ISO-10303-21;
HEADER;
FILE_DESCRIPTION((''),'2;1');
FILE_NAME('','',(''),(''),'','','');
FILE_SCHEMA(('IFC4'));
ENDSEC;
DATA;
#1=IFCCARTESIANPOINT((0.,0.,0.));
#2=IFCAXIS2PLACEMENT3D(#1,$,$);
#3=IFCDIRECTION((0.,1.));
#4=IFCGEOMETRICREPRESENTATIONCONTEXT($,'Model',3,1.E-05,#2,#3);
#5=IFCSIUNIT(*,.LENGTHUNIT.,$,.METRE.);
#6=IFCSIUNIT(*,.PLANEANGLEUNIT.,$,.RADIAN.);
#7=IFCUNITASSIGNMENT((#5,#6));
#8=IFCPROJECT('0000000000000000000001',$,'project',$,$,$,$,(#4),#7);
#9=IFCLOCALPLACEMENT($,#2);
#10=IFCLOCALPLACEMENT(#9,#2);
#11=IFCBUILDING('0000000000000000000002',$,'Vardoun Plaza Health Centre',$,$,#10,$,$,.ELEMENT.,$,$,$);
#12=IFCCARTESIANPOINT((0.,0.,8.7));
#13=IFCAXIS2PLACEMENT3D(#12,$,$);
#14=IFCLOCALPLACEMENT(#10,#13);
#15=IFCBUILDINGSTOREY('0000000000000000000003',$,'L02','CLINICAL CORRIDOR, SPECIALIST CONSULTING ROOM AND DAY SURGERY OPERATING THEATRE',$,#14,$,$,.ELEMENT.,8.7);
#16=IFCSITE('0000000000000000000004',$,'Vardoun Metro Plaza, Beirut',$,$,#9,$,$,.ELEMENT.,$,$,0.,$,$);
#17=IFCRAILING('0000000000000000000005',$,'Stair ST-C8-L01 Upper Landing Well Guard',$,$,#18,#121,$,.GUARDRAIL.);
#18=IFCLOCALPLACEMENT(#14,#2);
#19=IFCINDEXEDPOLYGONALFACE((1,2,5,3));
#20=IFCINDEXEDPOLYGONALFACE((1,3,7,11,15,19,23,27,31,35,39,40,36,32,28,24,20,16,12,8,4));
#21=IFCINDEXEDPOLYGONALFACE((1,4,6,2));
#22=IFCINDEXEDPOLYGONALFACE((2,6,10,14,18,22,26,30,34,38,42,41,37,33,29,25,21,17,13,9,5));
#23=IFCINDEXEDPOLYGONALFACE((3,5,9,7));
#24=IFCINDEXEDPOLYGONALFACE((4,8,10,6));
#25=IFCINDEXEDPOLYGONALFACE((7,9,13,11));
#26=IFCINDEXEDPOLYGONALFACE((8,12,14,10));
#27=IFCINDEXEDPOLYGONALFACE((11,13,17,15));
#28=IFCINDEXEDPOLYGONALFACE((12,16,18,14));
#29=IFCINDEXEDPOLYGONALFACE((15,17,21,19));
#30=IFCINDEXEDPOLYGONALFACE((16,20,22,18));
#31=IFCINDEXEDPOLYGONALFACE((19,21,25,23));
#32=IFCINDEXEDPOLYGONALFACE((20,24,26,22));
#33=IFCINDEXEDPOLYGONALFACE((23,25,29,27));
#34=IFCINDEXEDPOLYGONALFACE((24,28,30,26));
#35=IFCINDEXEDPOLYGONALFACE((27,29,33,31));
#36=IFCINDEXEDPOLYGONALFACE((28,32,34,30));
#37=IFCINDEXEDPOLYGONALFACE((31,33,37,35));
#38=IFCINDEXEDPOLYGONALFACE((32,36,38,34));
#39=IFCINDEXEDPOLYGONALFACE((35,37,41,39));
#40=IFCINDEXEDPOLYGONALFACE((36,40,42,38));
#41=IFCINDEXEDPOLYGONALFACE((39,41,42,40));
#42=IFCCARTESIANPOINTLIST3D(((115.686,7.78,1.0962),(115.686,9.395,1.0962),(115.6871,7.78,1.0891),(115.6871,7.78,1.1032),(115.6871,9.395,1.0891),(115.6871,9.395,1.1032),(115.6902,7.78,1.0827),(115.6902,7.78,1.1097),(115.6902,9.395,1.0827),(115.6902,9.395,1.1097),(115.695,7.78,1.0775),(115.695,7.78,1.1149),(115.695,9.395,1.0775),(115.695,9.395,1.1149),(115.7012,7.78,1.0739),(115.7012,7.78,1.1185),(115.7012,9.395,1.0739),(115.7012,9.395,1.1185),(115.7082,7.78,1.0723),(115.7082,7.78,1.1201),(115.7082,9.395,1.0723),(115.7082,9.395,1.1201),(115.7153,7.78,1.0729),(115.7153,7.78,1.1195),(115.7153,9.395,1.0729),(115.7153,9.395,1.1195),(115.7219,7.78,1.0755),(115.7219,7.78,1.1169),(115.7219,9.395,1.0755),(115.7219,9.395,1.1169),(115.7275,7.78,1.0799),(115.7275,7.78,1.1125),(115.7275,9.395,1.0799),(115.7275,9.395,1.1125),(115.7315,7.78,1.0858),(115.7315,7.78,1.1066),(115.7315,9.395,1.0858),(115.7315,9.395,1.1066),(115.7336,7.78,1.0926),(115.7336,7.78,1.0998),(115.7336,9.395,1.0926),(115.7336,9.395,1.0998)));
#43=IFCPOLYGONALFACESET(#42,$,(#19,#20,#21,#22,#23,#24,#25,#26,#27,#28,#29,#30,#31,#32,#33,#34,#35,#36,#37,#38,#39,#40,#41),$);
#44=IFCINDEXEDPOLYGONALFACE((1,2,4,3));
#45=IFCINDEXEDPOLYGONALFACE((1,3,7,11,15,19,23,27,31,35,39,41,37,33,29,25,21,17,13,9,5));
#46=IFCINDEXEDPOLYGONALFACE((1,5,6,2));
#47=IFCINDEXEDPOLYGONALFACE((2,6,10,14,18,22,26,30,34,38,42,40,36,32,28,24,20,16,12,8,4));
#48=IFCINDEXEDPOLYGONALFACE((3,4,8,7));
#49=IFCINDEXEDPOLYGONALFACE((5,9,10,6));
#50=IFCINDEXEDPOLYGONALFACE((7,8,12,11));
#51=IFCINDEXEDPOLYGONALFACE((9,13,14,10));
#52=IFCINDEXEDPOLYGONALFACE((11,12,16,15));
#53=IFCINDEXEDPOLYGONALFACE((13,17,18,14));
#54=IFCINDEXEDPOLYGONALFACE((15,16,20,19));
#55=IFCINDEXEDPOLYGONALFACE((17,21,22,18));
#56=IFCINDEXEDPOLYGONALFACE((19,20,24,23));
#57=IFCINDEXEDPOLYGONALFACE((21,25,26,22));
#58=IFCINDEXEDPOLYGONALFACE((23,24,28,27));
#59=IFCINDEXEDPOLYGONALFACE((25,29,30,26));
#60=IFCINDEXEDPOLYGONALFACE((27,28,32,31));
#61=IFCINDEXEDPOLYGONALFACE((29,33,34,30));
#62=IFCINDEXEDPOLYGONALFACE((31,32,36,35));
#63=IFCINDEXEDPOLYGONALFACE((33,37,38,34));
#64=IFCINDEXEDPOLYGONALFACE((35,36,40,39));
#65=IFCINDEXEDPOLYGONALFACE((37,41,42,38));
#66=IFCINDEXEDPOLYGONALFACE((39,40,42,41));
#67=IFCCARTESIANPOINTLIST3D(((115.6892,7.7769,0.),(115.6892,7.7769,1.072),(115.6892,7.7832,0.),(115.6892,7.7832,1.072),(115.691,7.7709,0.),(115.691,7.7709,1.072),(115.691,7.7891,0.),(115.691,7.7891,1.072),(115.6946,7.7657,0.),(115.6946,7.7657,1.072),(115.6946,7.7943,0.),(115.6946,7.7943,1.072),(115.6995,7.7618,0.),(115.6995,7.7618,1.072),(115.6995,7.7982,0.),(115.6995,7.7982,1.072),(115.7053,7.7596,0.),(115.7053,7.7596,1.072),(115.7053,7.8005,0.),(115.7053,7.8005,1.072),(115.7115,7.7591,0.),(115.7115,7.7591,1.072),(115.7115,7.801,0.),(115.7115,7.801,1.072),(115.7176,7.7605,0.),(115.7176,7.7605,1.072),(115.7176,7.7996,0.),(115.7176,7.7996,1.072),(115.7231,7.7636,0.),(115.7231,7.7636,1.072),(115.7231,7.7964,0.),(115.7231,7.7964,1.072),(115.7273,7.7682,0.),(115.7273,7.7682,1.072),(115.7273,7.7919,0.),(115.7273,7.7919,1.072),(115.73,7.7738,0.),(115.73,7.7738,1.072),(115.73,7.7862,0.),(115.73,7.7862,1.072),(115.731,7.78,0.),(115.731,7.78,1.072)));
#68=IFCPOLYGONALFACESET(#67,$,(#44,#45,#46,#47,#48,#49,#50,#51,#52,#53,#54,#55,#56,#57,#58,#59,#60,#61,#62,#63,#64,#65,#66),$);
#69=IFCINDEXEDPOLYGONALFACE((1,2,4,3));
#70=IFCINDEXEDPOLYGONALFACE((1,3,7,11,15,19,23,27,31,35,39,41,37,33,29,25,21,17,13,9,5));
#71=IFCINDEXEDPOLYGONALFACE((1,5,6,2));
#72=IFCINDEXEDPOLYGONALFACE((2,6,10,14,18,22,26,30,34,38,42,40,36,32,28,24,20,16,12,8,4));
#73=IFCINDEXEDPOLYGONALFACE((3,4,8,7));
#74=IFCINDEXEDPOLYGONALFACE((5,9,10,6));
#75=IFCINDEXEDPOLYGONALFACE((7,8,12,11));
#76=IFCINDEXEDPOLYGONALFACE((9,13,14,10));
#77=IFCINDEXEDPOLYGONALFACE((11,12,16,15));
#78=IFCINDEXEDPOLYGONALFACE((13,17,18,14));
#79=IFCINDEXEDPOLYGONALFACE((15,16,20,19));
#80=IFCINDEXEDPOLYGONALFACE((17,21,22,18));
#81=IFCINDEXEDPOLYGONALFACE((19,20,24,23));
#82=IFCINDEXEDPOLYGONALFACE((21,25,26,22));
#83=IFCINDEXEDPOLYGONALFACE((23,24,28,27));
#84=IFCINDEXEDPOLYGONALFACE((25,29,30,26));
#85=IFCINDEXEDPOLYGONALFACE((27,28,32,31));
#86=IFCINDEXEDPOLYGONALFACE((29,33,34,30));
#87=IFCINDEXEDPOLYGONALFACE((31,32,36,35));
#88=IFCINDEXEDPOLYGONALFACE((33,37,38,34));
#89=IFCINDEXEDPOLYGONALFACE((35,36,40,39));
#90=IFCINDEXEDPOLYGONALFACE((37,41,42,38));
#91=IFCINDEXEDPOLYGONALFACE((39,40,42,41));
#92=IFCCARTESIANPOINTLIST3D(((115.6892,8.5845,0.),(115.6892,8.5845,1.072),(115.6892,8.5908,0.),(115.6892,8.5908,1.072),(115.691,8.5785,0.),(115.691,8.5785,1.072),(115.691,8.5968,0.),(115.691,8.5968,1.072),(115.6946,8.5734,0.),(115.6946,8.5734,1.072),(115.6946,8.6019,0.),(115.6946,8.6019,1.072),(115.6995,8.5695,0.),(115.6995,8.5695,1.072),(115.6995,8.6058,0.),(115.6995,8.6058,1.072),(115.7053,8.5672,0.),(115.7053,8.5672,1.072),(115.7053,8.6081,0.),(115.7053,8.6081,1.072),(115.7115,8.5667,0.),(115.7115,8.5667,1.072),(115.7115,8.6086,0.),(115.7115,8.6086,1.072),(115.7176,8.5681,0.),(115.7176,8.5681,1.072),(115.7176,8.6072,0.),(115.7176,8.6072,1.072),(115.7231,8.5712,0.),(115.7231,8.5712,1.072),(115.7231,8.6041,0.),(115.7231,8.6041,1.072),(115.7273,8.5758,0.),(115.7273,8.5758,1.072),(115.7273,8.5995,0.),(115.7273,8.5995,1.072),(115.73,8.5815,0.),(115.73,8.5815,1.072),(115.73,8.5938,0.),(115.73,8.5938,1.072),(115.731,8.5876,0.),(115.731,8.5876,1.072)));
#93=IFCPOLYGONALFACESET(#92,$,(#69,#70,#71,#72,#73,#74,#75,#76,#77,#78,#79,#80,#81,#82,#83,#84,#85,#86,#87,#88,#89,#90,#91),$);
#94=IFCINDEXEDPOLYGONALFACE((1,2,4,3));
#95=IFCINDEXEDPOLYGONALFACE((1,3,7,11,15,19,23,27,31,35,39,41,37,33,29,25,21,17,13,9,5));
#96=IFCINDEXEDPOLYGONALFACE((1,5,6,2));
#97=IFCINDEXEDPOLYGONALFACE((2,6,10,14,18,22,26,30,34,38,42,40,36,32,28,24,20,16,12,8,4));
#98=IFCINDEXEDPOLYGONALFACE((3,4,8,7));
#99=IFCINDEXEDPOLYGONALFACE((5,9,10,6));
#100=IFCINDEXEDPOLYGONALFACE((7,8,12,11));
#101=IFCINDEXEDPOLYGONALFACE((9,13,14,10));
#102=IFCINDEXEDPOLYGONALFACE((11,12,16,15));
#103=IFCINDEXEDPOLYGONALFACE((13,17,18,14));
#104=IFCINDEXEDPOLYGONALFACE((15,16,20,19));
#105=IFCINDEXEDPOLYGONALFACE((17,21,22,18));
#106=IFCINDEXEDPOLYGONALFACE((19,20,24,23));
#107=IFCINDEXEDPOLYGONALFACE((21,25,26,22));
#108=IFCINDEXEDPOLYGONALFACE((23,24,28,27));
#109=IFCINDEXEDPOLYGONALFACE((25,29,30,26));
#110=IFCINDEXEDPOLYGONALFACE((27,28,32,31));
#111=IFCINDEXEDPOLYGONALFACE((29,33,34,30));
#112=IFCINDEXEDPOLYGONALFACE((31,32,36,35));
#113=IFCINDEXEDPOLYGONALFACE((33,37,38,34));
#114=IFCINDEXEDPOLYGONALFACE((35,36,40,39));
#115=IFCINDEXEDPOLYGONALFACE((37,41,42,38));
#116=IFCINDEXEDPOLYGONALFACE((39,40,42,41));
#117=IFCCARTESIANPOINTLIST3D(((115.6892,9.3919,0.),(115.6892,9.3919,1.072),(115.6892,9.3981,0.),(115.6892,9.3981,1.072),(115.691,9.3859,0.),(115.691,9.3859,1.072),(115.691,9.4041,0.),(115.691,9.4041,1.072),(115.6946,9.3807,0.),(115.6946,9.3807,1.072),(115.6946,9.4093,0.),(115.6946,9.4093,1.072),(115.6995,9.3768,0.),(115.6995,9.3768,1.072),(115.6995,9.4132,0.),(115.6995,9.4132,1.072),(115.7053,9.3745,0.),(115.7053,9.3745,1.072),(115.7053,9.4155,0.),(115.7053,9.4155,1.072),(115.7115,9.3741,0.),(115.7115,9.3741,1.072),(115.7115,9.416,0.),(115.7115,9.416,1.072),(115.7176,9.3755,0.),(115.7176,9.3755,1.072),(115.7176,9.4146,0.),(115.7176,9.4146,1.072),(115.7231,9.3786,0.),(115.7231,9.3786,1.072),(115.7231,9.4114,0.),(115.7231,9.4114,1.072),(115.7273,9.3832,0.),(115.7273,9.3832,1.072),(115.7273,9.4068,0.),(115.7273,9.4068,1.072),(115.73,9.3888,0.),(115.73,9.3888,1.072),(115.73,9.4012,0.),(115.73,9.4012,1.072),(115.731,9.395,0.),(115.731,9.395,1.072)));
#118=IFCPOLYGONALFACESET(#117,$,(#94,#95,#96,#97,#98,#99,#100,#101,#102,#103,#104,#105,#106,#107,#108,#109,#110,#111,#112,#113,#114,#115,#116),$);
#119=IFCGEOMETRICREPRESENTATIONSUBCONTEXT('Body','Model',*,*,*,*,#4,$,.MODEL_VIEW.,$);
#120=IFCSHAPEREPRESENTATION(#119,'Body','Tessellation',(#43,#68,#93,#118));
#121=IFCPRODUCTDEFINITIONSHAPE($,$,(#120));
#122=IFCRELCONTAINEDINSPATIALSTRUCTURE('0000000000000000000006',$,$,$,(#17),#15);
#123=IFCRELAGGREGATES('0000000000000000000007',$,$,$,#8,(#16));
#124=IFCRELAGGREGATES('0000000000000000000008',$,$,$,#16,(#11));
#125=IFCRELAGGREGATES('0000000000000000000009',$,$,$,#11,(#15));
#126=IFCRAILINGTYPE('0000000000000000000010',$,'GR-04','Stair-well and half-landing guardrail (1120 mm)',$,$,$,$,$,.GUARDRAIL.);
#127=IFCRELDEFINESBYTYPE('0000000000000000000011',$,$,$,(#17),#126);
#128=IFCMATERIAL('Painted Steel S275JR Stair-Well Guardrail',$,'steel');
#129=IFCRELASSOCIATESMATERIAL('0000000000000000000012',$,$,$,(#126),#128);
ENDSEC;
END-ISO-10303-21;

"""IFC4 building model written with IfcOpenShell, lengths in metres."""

from ifc_helpers import new_model, si_unit, direction, frame, origin, origin_2d, place, context, subcontext, project, spatial, circle, extrude, material, type_object, element, save


model = new_model("IFC4")

# Units and contexts
model_context = context("Model", 3, precision=1e-05, world=origin(), true_north=direction((0.0, 1.0)))
body_context = subcontext(model_context, "Body", "Model", "MODEL_VIEW")
ifc_project = project(units=[si_unit("LENGTHUNIT", "METRE"), si_unit("PLANEANGLEUNIT", "RADIAN")], contexts=[model_context])

# Site, building, storey
site_placement = place(None, origin())
site = spatial("IfcSite", under=ifc_project, at=site_placement, Name="Vardoun Metro Plaza, Beirut", CompositionType="ELEMENT", RefElevation=0.0)
building_placement = place(site_placement, origin())
building = spatial("IfcBuilding", under=site, at=building_placement, Name="Vardoun Plaza Health Centre", CompositionType="ELEMENT")
storey_placement = place(building_placement, frame((0.0, 0.0, 8.7)))
storey = spatial("IfcBuildingStorey", under=building, at=storey_placement, Name="L02", Description="CLINICAL CORRIDOR, SPECIALIST CONSULTING ROOM AND DAY SURGERY OPERATING THEATRE", CompositionType="ELEMENT", Elevation=8.7)

# Railing
ifc_material_1 = material(Name="Painted Steel S275JR Stair-Well Guardrail", Category="steel")
railing_type = type_object("IfcRailingType", Name="GR-04", Description="Stair-well and half-landing guardrail (1120 mm)", PredefinedType="GUARDRAIL", material=ifc_material_1)
railing_placement = place(storey_placement, frame((115.71, 7.78, 0.0)))
element("IfcRailing", 1, at=railing_placement, inside=storey, type_object=railing_type, Name="Stair ST-C8-L01 Upper Landing Well Guard", PredefinedType="GUARDRAIL", context=body_context, shape_type="SweptSolid", body=[
    extrude(circle(Radius=0.0239, at=origin_2d()), frame((0.0, 0.0, 1.0962), z_axis=(0.0, 1.0, 0.0), x_axis=(-1.0, 0.0, 0.0)), (0.0, 0.0, 1.0), 1.615),
    extrude(circle(Radius=0.021, at=origin_2d()), origin(), (0.0, 0.0, 1.0), 1.072),
    extrude(circle(Radius=0.021, at=origin_2d()), frame((0.0, 0.8076, 0.0)), (0.0, 0.0, 1.0), 1.072),
    extrude(circle(Radius=0.021, at=origin_2d()), frame((0.0, 1.615, 0.0)), (0.0, 0.0, 1.0), 1.072),
])

save(model, "model.ifc")
